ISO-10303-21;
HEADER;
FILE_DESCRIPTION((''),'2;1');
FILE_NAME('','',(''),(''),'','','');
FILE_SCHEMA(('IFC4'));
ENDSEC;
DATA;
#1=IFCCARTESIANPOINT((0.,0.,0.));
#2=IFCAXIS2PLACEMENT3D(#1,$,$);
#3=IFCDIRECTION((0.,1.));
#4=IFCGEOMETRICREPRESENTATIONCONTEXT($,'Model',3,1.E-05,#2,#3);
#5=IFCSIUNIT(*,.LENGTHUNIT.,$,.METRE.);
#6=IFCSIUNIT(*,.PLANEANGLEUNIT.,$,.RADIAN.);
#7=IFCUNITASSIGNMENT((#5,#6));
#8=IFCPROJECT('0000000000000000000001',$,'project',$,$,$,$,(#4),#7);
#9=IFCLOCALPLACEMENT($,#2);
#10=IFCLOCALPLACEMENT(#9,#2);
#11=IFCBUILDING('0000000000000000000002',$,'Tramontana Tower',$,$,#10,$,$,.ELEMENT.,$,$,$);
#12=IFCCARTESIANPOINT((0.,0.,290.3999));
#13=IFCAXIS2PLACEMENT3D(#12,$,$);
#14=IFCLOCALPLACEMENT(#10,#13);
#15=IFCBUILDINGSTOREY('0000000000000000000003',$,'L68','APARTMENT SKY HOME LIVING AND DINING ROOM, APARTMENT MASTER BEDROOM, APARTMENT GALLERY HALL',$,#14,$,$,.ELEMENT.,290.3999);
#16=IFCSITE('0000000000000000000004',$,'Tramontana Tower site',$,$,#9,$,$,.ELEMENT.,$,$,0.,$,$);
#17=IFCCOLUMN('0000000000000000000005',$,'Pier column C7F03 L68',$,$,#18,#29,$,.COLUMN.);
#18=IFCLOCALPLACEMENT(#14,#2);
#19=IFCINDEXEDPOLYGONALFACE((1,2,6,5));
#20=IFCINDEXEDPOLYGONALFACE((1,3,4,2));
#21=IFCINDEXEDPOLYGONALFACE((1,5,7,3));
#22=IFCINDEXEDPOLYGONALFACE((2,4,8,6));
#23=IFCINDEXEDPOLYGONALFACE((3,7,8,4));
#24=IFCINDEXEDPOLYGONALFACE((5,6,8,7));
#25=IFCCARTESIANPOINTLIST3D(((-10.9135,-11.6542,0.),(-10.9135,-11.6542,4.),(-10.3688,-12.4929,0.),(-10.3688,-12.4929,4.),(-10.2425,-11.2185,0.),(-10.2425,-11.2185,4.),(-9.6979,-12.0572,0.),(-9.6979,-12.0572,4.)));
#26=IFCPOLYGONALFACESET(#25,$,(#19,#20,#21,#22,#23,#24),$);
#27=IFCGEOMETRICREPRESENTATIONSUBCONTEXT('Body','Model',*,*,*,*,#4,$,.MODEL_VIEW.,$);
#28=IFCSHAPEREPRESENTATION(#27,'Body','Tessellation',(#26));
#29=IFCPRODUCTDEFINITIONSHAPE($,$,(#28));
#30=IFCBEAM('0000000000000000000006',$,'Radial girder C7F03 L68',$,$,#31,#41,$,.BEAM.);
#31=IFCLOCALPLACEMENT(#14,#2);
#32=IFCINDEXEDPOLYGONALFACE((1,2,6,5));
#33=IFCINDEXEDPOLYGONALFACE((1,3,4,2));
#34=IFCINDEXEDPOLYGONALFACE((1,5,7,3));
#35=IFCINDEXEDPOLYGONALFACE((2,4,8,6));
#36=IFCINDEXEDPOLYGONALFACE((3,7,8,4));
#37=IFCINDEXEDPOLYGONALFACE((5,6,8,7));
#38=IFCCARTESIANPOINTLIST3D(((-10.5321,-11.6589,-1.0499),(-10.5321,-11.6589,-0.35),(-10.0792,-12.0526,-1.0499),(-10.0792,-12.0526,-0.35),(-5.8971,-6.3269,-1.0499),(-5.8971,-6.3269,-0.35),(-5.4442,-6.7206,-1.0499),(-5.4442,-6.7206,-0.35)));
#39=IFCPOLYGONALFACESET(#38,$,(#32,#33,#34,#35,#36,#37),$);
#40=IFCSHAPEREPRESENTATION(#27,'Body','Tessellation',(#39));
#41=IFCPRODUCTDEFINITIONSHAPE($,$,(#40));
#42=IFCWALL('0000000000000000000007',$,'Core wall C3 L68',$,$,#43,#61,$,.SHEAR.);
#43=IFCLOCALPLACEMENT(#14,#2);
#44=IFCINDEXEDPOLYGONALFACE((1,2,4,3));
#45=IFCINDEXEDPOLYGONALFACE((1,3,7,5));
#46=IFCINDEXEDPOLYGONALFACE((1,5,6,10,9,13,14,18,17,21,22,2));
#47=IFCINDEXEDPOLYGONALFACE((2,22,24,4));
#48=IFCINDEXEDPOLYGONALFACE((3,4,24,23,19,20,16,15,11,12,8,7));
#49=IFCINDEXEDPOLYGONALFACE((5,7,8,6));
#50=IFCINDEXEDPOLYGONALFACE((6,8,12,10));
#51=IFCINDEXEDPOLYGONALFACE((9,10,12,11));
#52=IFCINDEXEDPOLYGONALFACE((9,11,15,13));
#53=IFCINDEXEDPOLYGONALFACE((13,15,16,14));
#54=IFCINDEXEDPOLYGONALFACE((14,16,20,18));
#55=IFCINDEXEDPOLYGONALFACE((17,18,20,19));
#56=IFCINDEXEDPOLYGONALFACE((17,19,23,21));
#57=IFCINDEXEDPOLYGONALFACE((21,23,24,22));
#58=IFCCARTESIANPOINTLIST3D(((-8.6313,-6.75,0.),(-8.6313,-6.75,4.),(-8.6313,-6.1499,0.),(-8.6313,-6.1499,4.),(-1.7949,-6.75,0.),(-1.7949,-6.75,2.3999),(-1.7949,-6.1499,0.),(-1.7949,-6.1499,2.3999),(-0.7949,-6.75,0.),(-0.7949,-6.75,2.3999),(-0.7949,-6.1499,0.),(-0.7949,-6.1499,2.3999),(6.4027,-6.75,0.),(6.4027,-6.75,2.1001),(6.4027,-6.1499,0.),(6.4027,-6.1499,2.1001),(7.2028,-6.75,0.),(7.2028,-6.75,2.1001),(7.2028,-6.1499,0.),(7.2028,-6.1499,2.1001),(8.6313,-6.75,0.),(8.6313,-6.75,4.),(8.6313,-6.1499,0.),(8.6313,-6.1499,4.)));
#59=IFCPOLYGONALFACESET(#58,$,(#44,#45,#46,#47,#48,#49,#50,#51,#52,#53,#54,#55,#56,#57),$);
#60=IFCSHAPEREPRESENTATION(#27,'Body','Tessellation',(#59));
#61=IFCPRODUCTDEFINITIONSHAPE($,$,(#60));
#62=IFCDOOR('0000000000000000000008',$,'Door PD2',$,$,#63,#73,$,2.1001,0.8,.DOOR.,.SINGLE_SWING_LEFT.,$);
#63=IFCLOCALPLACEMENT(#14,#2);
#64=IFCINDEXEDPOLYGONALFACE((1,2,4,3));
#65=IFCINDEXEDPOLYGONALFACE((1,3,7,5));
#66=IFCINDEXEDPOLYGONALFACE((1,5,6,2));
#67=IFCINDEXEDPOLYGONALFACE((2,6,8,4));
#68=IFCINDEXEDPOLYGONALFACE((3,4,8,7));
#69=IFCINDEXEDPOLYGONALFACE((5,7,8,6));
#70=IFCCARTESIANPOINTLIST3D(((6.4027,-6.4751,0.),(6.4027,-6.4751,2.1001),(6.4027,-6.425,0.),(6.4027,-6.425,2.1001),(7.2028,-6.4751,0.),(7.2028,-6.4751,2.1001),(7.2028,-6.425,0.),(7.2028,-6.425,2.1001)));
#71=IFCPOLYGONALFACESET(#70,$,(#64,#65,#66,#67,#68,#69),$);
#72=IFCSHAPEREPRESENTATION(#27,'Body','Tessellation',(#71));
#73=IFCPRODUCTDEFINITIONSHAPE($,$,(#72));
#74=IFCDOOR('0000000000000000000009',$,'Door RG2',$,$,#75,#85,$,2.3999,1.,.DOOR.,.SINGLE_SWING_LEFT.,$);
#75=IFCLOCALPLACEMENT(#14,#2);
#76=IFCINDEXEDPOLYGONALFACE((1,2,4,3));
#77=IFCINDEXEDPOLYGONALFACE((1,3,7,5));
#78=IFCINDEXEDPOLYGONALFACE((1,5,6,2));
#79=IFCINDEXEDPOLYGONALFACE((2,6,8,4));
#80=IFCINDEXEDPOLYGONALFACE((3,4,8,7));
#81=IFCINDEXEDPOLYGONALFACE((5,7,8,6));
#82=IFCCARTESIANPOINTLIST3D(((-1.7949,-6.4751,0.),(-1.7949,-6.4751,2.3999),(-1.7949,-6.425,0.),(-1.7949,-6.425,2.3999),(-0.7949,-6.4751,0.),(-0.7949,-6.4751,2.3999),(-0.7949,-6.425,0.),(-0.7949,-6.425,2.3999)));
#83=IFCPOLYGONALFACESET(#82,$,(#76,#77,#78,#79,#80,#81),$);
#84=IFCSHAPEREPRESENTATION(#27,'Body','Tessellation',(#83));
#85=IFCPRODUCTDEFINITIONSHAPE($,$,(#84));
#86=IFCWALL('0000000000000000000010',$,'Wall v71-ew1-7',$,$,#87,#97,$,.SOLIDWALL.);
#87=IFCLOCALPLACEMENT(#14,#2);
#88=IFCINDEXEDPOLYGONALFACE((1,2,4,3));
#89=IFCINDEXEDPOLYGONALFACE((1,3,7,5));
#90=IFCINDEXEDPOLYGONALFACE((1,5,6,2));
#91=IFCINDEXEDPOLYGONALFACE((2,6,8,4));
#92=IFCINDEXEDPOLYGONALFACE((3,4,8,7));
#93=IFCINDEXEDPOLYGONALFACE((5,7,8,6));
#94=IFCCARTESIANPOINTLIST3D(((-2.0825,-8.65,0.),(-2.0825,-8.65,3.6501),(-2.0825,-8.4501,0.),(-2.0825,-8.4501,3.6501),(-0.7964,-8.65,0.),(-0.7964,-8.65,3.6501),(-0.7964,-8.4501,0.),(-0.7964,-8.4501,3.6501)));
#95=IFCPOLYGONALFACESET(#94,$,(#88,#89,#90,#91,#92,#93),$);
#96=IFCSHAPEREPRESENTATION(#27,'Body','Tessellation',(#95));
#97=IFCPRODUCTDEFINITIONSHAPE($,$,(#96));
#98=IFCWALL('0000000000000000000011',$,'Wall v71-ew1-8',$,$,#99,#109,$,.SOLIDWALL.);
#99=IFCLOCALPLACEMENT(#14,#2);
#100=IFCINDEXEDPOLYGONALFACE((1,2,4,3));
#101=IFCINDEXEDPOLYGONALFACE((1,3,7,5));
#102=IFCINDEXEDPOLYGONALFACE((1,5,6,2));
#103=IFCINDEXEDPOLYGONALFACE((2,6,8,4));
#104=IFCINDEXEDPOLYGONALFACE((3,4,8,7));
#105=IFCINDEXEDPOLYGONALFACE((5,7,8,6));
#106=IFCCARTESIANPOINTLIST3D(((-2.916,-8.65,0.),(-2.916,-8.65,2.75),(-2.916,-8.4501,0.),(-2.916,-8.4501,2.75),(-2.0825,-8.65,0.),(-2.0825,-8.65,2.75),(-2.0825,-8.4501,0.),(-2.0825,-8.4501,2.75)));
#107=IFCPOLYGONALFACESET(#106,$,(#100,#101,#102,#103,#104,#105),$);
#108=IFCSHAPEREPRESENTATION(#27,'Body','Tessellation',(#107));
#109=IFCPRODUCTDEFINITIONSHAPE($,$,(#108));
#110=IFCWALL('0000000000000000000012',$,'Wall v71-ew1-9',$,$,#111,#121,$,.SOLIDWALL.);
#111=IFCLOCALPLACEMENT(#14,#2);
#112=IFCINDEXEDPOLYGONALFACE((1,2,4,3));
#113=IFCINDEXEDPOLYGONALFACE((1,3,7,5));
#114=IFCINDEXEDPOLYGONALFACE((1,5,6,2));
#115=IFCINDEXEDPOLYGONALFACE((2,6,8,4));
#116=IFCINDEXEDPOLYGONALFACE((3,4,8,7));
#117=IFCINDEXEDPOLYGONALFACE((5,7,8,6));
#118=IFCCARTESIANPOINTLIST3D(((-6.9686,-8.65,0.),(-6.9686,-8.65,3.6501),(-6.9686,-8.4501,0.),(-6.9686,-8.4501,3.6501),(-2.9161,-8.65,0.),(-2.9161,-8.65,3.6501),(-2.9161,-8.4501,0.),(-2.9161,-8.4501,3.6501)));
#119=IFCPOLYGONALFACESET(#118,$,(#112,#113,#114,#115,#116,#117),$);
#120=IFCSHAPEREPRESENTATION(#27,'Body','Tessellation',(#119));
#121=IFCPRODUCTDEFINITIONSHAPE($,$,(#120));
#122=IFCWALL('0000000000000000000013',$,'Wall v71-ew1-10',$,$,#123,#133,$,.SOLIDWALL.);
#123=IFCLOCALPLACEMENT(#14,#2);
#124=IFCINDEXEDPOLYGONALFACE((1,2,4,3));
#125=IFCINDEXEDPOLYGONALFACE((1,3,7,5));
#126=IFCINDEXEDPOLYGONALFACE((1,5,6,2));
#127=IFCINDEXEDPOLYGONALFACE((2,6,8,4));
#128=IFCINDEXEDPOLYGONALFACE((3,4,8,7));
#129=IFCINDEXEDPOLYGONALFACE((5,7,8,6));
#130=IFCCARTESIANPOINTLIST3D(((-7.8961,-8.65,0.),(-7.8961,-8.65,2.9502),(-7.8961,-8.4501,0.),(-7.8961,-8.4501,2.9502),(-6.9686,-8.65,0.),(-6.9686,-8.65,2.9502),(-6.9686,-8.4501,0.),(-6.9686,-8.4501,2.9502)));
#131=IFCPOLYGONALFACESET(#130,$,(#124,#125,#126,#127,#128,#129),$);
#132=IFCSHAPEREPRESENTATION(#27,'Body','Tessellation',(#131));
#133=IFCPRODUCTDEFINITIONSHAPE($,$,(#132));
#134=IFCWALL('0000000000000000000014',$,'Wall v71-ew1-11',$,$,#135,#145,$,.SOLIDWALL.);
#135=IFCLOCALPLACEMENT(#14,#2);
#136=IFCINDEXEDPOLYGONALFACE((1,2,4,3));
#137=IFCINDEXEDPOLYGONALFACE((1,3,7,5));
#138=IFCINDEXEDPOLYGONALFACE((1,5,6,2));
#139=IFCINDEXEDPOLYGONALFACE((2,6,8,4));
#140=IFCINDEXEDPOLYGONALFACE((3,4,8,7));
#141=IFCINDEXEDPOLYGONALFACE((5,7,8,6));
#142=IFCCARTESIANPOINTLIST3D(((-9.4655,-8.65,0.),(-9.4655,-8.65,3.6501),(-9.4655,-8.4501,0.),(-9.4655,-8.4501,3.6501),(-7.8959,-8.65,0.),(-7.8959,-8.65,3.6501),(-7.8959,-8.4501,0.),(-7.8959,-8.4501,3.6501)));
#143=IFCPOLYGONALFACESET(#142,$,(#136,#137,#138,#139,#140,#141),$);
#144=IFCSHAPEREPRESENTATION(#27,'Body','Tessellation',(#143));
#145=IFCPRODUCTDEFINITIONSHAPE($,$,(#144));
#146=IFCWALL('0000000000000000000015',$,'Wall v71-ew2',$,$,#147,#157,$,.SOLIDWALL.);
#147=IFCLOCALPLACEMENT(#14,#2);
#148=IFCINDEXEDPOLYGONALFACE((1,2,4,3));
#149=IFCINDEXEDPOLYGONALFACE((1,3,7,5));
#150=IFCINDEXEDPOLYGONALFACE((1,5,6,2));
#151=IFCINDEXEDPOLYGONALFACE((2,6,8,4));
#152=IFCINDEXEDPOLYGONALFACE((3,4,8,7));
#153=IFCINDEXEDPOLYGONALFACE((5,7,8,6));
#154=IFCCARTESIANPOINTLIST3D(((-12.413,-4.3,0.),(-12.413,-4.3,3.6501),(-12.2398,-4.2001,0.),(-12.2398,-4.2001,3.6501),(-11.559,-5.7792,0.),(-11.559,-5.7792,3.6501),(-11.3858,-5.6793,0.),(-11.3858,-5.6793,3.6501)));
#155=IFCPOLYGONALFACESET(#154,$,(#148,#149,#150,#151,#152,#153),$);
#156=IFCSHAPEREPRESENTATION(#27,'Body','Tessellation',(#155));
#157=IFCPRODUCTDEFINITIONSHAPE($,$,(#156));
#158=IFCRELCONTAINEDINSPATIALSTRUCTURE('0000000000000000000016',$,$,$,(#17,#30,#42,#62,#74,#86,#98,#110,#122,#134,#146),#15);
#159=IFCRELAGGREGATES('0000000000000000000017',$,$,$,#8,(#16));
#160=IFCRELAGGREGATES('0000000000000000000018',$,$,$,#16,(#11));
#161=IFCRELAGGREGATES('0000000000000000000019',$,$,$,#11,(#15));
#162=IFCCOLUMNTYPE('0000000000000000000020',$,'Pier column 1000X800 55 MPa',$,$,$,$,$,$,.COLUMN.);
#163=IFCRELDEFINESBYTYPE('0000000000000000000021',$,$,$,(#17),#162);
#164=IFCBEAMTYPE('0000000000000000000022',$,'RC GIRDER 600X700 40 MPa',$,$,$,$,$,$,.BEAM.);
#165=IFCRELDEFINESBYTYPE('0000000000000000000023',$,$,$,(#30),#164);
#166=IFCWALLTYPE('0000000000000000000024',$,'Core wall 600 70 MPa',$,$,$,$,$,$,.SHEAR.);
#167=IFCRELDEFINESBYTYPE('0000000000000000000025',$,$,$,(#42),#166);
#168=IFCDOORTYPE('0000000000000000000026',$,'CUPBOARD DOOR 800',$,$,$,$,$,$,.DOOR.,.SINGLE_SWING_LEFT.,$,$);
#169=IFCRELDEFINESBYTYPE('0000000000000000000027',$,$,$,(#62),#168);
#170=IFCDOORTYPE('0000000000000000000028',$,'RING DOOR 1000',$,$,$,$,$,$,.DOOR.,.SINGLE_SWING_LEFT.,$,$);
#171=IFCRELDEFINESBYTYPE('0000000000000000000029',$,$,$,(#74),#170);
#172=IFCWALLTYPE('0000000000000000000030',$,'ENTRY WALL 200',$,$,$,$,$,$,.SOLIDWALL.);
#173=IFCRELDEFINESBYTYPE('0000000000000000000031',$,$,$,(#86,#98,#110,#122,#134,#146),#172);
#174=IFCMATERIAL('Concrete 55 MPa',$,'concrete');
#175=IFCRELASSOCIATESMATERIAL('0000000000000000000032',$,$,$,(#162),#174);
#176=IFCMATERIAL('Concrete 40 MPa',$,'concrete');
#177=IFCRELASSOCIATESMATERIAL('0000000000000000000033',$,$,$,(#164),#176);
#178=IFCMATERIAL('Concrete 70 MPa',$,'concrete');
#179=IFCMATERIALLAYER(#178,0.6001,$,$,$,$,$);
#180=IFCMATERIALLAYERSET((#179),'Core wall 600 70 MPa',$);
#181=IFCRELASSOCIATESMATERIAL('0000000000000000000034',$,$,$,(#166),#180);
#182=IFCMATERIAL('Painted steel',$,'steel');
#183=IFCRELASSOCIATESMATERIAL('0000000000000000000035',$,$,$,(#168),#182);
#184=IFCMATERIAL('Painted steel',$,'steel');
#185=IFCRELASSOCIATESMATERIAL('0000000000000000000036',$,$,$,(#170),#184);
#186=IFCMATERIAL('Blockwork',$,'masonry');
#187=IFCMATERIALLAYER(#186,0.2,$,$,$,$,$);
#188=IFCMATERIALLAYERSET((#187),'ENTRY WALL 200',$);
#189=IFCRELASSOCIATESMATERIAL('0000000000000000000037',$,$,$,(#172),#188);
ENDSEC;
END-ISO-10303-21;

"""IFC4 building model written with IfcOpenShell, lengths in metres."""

from ifc_helpers import new_model, si_unit, direction, frame, frame_2d, origin, origin_2d, place, context, subcontext, project, spatial, rectangle, extrude, material, layer, layer_set, material_profile, profile_set, type_object, element, fill, save


model = new_model("IFC4")

# Units and contexts
model_context = context("Model", 3, precision=1e-05, world=origin(), true_north=direction((0.0, 1.0)))
body_context = subcontext(model_context, "Body", "Model", "MODEL_VIEW")
ifc_project = project(units=[si_unit("LENGTHUNIT", "METRE"), si_unit("PLANEANGLEUNIT", "RADIAN")], contexts=[model_context])

# Site, building, storey
site_placement = place(None, origin())
site = spatial("IfcSite", under=ifc_project, at=site_placement, Name="Tramontana Tower site", CompositionType="ELEMENT", RefElevation=0.0)
building_placement = place(site_placement, origin())
building = spatial("IfcBuilding", under=site, at=building_placement, Name="Tramontana Tower", CompositionType="ELEMENT")
storey_placement = place(building_placement, frame((0.0, 0.0, 290.3999)))
storey = spatial("IfcBuildingStorey", under=building, at=storey_placement, Name="L68", Description="APARTMENT SKY HOME LIVING AND DINING ROOM, APARTMENT MASTER BEDROOM, APARTMENT GALLERY HALL", CompositionType="ELEMENT", Elevation=290.3999)

# Column
ifc_material_1 = material(Name="Concrete 55 MPa", Category="concrete")
ifc_material_profile_1 = material_profile(ifc_material_1, rectangle(XDim=1.0, YDim=0.8, at=origin_2d()), Name="Pier column 1000X800 55 MPa")
ifc_profile_set_1 = profile_set([ifc_material_profile_1], Name="Concrete 55 MPa")
column_type = type_object("IfcColumnType", Name="Pier column 1000X800 55 MPa", PredefinedType="COLUMN", material=ifc_profile_set_1)
column_placement = place(storey_placement, frame((-10.3057, -11.8557, 0.0), z_axis=(0.0, 0.0, 1.0), x_axis=(0.544639, -0.838671, 0.0)))
element("IfcColumn", 1, at=column_placement, inside=storey, type_object=column_type, Name="Pier column C7F03 L68", PredefinedType="COLUMN", context=body_context, shape_type="SweptSolid", body=[
    extrude(rectangle(XDim=1.0, YDim=0.8, at=origin_2d()), origin(), (0.0, 0.0, 1.0), 4.0),
])

# Beam
ifc_material_2 = material(Name="Concrete 40 MPa", Category="concrete")
ifc_material_profile_2 = material_profile(ifc_material_2, rectangle(XDim=0.6001, YDim=0.7, at=origin_2d()), Name="RC GIRDER 600X700 40 MPa")
ifc_profile_set_2 = profile_set([ifc_material_profile_2], Name="Concrete 40 MPa")
beam_type = type_object("IfcBeamType", Name="RC GIRDER 600X700 40 MPa", PredefinedType="BEAM", material=ifc_profile_set_2)
beam_placement = place(storey_placement, frame((-10.3057, -11.8557, -0.7), z_axis=(0.656055, 0.754713, 0.0), x_axis=(-0.754713, 0.656055, 0.0)))
element("IfcBeam", 2, at=beam_placement, inside=storey, type_object=beam_type, Name="Radial girder C7F03 L68", PredefinedType="BEAM", context=body_context, shape_type="SweptSolid", body=[
    extrude(rectangle(XDim=0.6001, YDim=0.7, at=origin_2d()), origin(), (0.0, 0.0, 1.0), 7.0649),
])

# Wall, openings, doors
ifc_material_3 = material(Name="Concrete 70 MPa", Category="concrete")
ifc_layer_1 = layer(ifc_material_3, 0.6001)
ifc_layer_set_1 = layer_set([ifc_layer_1], Name="Core wall 600 70 MPa")
wall_type_1 = type_object("IfcWallType", Name="Core wall 600 70 MPa", PredefinedType="SHEAR", material=ifc_layer_set_1)
wall_1_placement = place(storey_placement, frame((-8.6313, -6.45, 0.0), z_axis=(0.0, 0.0, 1.0), x_axis=(1.0, 0.0, 0.0)))
wall_1 = element("IfcWall", 3, at=wall_1_placement, inside=storey, type_object=wall_type_1, Name="Core wall C3 L68", PredefinedType="SHEAR", context=body_context, shape_type="SweptSolid", body=[
    extrude(rectangle(XDim=17.2627, YDim=0.6001, at=frame_2d((8.6313, 0.0))), origin(), (0.0, 0.0, 1.0), 4.0),
])
opening_1_placement = place(wall_1_placement, frame((6.8364, 0.0, 0.0)))
opening_1 = element("IfcOpeningElement", 4, at=opening_1_placement, cuts=wall_1, PredefinedType="OPENING", context=body_context, shape_type="SweptSolid", body=[
    extrude(rectangle(XDim=1.0, YDim=2.3999, at=frame_2d((0.5, 1.2))), frame((0.0, 0.3101, 0.0), z_axis=(0.0, -1.0, 0.0), x_axis=(1.0, 0.0, 0.0)), (0.0, 0.0, 1.0), 0.6201),
])
opening_2_placement = place(wall_1_placement, frame((15.0342, 0.0, 0.0)))
opening_2 = element("IfcOpeningElement", 5, at=opening_2_placement, cuts=wall_1, PredefinedType="OPENING", context=body_context, shape_type="SweptSolid", body=[
    extrude(rectangle(XDim=0.8, YDim=2.1001, at=frame_2d((0.3999, 1.05))), frame((0.0, 0.3101, 0.0), z_axis=(0.0, -1.0, 0.0), x_axis=(1.0, 0.0, 0.0)), (0.0, 0.0, 1.0), 0.6201),
])
ifc_material_4 = material(Name="Painted steel", Category="steel")
door_type_1 = type_object("IfcDoorType", Name="CUPBOARD DOOR 800", OperationType="SINGLE_SWING_LEFT", PredefinedType="DOOR", material=ifc_material_4)
door_1_placement = place(opening_2_placement, origin())
door_1 = element("IfcDoor", 6, at=door_1_placement, inside=storey, type_object=door_type_1, Name="Door PD2", OperationType="SINGLE_SWING_LEFT", OverallHeight=2.1001, OverallWidth=0.8, PredefinedType="DOOR", context=body_context, shape_type="SweptSolid", body=[
    extrude(rectangle(XDim=0.8, YDim=2.1001, at=frame_2d((0.3999, 1.05))), frame((0.0, 0.0249, 0.0), z_axis=(0.0, -1.0, 0.0), x_axis=(1.0, 0.0, 0.0)), (0.0, 0.0, 1.0), 0.05),
])
fill(opening_2, door_1)
ifc_material_5 = material(Name="Painted steel", Category="steel")
door_type_2 = type_object("IfcDoorType", Name="RING DOOR 1000", OperationType="SINGLE_SWING_LEFT", PredefinedType="DOOR", material=ifc_material_5)
door_2_placement = place(opening_1_placement, origin())
door_2 = element("IfcDoor", 7, at=door_2_placement, inside=storey, type_object=door_type_2, Name="Door RG2", OperationType="SINGLE_SWING_LEFT", OverallHeight=2.3999, OverallWidth=1.0, PredefinedType="DOOR", context=body_context, shape_type="SweptSolid", body=[
    extrude(rectangle(XDim=1.0, YDim=2.3999, at=frame_2d((0.5, 1.2))), frame((0.0, 0.0249, 0.0), z_axis=(0.0, -1.0, 0.0), x_axis=(1.0, 0.0, 0.0)), (0.0, 0.0, 1.0), 0.05),
])
fill(opening_1, door_2)

# Walls
ifc_material_6 = material(Name="Blockwork", Category="masonry")
ifc_layer_2 = layer(ifc_material_6, 0.2)
ifc_layer_set_2 = layer_set([ifc_layer_2], Name="ENTRY WALL 200")
wall_type_2 = type_object("IfcWallType", Name="ENTRY WALL 200", PredefinedType="SOLIDWALL", material=ifc_layer_set_2)
wall_2_placement = place(storey_placement, frame((-0.7964, -8.55, 0.0), z_axis=(0.0, 0.0, 1.0), x_axis=(-1.0, 0.0, 0.0)))
element("IfcWall", 8, at=wall_2_placement, inside=storey, type_object=wall_type_2, Name="Wall v71-ew1-7", PredefinedType="SOLIDWALL", context=body_context, shape_type="SweptSolid", body=[
    extrude(rectangle(XDim=1.2861, YDim=0.2, at=frame_2d((0.6431, 0.0))), origin(), (0.0, 0.0, 1.0), 3.6501),
])
wall_3_placement = place(storey_placement, frame((-2.0825, -8.55, 0.0), z_axis=(0.0, 0.0, 1.0), x_axis=(-1.0, 0.0, 0.0)))
element("IfcWall", 9, at=wall_3_placement, inside=storey, type_object=wall_type_2, Name="Wall v71-ew1-8", PredefinedType="SOLIDWALL", context=body_context, shape_type="SweptSolid", body=[
    extrude(rectangle(XDim=0.8335, YDim=0.2, at=frame_2d((0.4167, 0.0))), origin(), (0.0, 0.0, 1.0), 2.75),
])
wall_4_placement = place(storey_placement, frame((-2.916, -8.55, 0.0), z_axis=(0.0, 0.0, 1.0), x_axis=(-1.0, 0.0, 0.0)))
element("IfcWall", 10, at=wall_4_placement, inside=storey, type_object=wall_type_2, Name="Wall v71-ew1-9", PredefinedType="SOLIDWALL", context=body_context, shape_type="SweptSolid", body=[
    extrude(rectangle(XDim=4.0525, YDim=0.2, at=frame_2d((2.0264, 0.0))), origin(), (0.0, 0.0, 1.0), 3.6501),
])
wall_5_placement = place(storey_placement, frame((-6.9685, -8.55, 0.0), z_axis=(0.0, 0.0, 1.0), x_axis=(-1.0, 0.0, 0.0)))
element("IfcWall", 11, at=wall_5_placement, inside=storey, type_object=wall_type_2, Name="Wall v71-ew1-10", PredefinedType="SOLIDWALL", context=body_context, shape_type="SweptSolid", body=[
    extrude(rectangle(XDim=0.9275, YDim=0.2, at=frame_2d((0.4639, 0.0))), origin(), (0.0, 0.0, 1.0), 2.9502),
])
wall_6_placement = place(storey_placement, frame((-7.896, -8.55, 0.0), z_axis=(0.0, 0.0, 1.0), x_axis=(-1.0, 0.0, 0.0)))
element("IfcWall", 12, at=wall_6_placement, inside=storey, type_object=wall_type_2, Name="Wall v71-ew1-11", PredefinedType="SOLIDWALL", context=body_context, shape_type="SweptSolid", body=[
    extrude(rectangle(XDim=1.5696, YDim=0.2, at=frame_2d((0.7847, 0.0))), origin(), (0.0, 0.0, 1.0), 3.6501),
])
wall_7_placement = place(storey_placement, frame((-11.4724, -5.7292, 0.0), z_axis=(0.0, 0.0, 1.0), x_axis=(-0.499982, 0.866036, 0.0)))
element("IfcWall", 13, at=wall_7_placement, inside=storey, type_object=wall_type_2, Name="Wall v71-ew2", PredefinedType="SOLIDWALL", context=body_context, shape_type="SweptSolid", body=[
    extrude(rectangle(XDim=1.708, YDim=0.2, at=frame_2d((0.854, 0.0))), origin(), (0.0, 0.0, 1.0), 3.6501),
])

save(model, "model.ifc")
